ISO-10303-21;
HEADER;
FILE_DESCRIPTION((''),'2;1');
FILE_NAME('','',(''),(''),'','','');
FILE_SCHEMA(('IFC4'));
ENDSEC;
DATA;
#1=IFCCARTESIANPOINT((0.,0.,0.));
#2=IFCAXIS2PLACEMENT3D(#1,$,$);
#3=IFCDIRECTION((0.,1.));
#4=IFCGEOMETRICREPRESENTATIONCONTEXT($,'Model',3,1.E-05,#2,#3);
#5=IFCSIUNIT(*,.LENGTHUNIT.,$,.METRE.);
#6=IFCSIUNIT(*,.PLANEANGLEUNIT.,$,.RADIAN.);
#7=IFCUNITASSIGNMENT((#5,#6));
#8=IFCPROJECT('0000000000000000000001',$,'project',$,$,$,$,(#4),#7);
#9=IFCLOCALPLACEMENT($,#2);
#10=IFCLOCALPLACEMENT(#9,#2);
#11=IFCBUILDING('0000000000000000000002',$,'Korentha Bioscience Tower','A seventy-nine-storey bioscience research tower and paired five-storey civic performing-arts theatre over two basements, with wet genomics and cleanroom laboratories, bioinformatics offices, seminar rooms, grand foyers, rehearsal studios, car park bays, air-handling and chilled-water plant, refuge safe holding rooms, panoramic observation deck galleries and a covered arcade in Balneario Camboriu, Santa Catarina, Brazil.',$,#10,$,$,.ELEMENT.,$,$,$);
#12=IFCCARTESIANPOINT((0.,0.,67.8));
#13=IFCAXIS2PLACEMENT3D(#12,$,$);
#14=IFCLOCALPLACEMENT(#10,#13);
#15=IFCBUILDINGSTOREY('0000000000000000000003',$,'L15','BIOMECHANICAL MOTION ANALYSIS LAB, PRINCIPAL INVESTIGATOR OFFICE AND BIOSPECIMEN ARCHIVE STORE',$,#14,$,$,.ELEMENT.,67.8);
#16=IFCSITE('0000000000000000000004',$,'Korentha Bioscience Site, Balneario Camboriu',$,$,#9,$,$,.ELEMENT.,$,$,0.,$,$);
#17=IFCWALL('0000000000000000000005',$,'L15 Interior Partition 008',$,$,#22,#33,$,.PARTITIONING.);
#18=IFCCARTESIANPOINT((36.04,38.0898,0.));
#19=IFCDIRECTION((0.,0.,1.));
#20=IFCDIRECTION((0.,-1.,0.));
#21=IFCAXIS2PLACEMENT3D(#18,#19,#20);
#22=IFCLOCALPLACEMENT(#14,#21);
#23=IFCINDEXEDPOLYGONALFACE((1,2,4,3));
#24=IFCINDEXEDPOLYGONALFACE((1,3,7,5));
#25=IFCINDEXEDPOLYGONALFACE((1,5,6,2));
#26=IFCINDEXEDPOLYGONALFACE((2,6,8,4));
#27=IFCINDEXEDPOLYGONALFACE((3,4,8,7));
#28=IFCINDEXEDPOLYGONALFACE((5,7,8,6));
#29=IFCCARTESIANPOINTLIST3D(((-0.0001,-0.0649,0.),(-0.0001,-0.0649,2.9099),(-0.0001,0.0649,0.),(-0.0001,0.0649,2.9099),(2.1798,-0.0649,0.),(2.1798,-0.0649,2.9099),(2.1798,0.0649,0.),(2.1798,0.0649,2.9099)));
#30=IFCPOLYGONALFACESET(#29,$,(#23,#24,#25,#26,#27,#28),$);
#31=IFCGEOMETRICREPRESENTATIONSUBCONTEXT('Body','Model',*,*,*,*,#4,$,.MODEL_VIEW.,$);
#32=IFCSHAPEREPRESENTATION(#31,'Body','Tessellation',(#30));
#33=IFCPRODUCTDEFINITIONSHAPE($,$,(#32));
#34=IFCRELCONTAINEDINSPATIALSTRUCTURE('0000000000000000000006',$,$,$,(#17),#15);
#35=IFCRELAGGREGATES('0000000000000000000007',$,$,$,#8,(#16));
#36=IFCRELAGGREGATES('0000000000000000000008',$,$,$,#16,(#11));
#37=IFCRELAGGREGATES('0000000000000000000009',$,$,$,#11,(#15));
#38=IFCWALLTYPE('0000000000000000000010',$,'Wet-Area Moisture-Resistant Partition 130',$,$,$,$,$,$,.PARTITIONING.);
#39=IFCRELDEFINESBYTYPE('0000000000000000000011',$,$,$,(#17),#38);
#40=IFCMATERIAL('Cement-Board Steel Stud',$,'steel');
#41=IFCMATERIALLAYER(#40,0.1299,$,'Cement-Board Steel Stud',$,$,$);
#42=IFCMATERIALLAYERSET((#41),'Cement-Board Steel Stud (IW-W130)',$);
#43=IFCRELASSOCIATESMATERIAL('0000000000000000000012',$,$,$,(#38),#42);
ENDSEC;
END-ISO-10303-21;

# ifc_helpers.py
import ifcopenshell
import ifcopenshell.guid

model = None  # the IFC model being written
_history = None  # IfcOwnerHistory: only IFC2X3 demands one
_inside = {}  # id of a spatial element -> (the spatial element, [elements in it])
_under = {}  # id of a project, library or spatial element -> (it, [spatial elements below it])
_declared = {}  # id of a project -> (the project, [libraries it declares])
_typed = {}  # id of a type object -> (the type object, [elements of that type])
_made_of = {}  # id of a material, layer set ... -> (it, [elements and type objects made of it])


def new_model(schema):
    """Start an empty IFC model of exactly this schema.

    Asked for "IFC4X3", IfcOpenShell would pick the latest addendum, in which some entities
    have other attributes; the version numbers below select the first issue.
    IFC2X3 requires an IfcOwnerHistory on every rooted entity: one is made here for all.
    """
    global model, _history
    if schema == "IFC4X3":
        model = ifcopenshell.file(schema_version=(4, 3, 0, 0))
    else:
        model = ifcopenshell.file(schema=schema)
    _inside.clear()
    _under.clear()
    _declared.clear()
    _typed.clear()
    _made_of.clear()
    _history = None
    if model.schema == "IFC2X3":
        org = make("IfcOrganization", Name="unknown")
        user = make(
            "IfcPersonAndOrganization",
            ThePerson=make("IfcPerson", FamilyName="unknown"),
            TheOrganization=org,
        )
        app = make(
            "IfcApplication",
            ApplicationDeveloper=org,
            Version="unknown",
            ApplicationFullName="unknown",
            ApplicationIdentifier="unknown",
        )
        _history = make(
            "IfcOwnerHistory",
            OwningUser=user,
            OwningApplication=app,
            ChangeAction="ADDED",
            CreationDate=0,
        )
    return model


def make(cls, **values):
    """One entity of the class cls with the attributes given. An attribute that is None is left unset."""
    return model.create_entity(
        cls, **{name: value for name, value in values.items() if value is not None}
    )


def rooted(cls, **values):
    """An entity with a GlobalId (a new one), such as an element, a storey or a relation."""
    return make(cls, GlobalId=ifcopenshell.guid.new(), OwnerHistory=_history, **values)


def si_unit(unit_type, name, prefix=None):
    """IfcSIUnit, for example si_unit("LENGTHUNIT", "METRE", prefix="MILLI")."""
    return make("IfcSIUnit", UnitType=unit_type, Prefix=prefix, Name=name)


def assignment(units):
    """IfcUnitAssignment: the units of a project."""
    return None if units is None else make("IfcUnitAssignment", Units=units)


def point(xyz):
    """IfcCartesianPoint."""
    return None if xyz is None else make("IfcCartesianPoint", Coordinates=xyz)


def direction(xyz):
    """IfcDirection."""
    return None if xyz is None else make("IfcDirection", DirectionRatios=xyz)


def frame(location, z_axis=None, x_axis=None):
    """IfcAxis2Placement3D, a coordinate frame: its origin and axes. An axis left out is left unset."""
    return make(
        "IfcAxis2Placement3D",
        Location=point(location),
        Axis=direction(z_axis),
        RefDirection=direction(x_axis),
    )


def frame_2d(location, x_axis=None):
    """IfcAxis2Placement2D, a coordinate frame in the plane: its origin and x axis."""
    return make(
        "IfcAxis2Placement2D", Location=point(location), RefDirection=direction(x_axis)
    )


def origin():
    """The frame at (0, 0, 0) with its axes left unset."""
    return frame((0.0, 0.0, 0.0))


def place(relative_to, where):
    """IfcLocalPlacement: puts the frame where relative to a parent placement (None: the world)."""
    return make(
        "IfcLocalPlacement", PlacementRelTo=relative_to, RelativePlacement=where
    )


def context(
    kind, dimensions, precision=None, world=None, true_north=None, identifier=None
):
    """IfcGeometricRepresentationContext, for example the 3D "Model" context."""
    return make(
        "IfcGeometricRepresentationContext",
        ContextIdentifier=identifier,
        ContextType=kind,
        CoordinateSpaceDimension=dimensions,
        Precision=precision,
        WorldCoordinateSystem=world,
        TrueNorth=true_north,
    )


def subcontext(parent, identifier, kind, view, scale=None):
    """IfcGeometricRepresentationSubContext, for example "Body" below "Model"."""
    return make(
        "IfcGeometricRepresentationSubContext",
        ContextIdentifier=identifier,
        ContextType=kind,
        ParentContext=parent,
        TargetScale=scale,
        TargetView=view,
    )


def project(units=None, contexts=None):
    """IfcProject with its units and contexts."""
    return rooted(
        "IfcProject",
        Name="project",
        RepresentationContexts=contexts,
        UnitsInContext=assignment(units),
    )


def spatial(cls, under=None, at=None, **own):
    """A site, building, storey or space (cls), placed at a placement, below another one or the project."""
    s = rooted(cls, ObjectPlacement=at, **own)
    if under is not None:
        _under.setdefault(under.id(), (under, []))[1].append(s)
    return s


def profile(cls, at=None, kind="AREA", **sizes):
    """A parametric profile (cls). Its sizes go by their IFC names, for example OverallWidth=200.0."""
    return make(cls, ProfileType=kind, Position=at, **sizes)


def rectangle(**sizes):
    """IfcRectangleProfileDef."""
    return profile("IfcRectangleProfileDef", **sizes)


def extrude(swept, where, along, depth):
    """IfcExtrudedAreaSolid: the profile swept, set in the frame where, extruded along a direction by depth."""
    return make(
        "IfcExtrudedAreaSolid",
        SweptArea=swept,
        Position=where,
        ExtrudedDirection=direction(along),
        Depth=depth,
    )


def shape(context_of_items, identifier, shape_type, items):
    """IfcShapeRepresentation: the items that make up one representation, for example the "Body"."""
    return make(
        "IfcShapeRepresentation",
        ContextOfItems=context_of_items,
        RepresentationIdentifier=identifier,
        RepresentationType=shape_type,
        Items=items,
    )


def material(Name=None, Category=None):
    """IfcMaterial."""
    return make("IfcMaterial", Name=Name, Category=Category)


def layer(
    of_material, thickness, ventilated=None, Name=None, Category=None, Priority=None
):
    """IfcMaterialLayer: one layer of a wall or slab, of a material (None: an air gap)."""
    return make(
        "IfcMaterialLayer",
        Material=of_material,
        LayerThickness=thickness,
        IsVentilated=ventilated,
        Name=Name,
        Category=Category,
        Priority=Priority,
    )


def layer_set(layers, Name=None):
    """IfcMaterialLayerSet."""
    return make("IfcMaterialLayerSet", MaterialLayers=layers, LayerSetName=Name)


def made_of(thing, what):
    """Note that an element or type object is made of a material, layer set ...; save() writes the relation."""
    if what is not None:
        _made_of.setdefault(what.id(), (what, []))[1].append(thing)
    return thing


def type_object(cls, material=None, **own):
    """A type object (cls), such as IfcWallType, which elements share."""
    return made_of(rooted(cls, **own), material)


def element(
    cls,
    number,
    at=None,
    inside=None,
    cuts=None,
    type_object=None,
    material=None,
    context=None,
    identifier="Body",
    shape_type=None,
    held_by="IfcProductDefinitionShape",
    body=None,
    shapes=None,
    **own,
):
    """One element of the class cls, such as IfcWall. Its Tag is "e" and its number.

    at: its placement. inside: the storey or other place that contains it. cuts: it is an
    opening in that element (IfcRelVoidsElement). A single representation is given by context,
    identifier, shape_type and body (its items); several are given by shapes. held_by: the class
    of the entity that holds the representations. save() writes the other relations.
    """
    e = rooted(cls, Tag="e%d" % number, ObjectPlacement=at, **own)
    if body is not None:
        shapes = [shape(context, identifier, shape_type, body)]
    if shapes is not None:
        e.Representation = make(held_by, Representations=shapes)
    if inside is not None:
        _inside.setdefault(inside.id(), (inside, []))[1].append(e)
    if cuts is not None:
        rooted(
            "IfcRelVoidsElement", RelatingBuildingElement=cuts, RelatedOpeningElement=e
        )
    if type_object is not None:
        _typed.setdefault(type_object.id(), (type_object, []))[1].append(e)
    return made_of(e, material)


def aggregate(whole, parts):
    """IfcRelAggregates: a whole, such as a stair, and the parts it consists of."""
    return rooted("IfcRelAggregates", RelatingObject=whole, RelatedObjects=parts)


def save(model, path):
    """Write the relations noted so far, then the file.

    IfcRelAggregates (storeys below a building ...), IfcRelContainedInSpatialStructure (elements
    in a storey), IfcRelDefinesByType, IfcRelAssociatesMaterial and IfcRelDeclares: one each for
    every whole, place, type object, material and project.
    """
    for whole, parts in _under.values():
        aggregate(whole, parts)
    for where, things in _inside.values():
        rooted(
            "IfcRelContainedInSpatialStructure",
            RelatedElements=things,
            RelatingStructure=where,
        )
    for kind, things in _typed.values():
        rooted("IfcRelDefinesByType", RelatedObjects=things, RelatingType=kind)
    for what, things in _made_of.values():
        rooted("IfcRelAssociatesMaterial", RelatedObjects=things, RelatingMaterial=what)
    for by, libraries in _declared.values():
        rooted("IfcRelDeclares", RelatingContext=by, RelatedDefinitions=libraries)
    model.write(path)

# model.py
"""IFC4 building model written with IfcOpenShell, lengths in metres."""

from ifc_helpers import new_model, si_unit, direction, frame, frame_2d, origin, place, context, subcontext, project, spatial, rectangle, extrude, material, layer, layer_set, type_object, element, save


model = new_model("IFC4")

# Units and contexts
model_context = context("Model", 3, precision=1e-05, world=origin(), true_north=direction((0.0, 1.0)))
body_context = subcontext(model_context, "Body", "Model", "MODEL_VIEW")
ifc_project = project(units=[si_unit("LENGTHUNIT", "METRE"), si_unit("PLANEANGLEUNIT", "RADIAN")], contexts=[model_context])

# Site, building, storey
site_placement = place(None, origin())
site = spatial("IfcSite", under=ifc_project, at=site_placement, Name="Korentha Bioscience Site, Balneario Camboriu", CompositionType="ELEMENT", RefElevation=0.0)
building_placement = place(site_placement, origin())
building = spatial("IfcBuilding", under=site, at=building_placement, Name="Korentha Bioscience Tower", Description="A seventy-nine-storey bioscience research tower and paired five-storey civic performing-arts theatre over two basements, with wet genomics and cleanroom laboratories, bioinformatics offices, seminar rooms, grand foyers, rehearsal studios, car park bays, air-handling and chilled-water plant, refuge safe holding rooms, panoramic observation deck galleries and a covered arcade in Balneario Camboriu, Santa Catarina, Brazil.", CompositionType="ELEMENT")
storey_placement = place(building_placement, frame((0.0, 0.0, 67.8)))
storey = spatial("IfcBuildingStorey", under=building, at=storey_placement, Name="L15", Description="BIOMECHANICAL MOTION ANALYSIS LAB, PRINCIPAL INVESTIGATOR OFFICE AND BIOSPECIMEN ARCHIVE STORE", CompositionType="ELEMENT", Elevation=67.8)

# Shared definitions
ifc_material_1 = material(Name="Cement-Board Steel Stud", Category="steel")
ifc_layer_1 = layer(ifc_material_1, 0.1299, Name="Cement-Board Steel Stud")
ifc_layer_set_1 = layer_set([ifc_layer_1], Name="Cement-Board Steel Stud (IW-W130)")
wall_type_1 = type_object("IfcWallType", Name="Wet-Area Moisture-Resistant Partition 130", PredefinedType="PARTITIONING", material=ifc_layer_set_1)

# Wall
wall_1_placement = place(storey_placement, frame((36.04, 38.0898, 0.0), z_axis=(0.0, 0.0, 1.0), x_axis=(0.0, -1.0, 0.0)))
element("IfcWall", 1, at=wall_1_placement, inside=storey, type_object=wall_type_1, Name="L15 Interior Partition 008", PredefinedType="PARTITIONING", context=body_context, shape_type="SweptSolid", body=[
    extrude(rectangle(XDim=2.1799, YDim=0.1299, at=frame_2d((1.0898, 0.0))), origin(), (0.0, 0.0, 1.0), 2.9099),
])

save(model, "model.ifc")
